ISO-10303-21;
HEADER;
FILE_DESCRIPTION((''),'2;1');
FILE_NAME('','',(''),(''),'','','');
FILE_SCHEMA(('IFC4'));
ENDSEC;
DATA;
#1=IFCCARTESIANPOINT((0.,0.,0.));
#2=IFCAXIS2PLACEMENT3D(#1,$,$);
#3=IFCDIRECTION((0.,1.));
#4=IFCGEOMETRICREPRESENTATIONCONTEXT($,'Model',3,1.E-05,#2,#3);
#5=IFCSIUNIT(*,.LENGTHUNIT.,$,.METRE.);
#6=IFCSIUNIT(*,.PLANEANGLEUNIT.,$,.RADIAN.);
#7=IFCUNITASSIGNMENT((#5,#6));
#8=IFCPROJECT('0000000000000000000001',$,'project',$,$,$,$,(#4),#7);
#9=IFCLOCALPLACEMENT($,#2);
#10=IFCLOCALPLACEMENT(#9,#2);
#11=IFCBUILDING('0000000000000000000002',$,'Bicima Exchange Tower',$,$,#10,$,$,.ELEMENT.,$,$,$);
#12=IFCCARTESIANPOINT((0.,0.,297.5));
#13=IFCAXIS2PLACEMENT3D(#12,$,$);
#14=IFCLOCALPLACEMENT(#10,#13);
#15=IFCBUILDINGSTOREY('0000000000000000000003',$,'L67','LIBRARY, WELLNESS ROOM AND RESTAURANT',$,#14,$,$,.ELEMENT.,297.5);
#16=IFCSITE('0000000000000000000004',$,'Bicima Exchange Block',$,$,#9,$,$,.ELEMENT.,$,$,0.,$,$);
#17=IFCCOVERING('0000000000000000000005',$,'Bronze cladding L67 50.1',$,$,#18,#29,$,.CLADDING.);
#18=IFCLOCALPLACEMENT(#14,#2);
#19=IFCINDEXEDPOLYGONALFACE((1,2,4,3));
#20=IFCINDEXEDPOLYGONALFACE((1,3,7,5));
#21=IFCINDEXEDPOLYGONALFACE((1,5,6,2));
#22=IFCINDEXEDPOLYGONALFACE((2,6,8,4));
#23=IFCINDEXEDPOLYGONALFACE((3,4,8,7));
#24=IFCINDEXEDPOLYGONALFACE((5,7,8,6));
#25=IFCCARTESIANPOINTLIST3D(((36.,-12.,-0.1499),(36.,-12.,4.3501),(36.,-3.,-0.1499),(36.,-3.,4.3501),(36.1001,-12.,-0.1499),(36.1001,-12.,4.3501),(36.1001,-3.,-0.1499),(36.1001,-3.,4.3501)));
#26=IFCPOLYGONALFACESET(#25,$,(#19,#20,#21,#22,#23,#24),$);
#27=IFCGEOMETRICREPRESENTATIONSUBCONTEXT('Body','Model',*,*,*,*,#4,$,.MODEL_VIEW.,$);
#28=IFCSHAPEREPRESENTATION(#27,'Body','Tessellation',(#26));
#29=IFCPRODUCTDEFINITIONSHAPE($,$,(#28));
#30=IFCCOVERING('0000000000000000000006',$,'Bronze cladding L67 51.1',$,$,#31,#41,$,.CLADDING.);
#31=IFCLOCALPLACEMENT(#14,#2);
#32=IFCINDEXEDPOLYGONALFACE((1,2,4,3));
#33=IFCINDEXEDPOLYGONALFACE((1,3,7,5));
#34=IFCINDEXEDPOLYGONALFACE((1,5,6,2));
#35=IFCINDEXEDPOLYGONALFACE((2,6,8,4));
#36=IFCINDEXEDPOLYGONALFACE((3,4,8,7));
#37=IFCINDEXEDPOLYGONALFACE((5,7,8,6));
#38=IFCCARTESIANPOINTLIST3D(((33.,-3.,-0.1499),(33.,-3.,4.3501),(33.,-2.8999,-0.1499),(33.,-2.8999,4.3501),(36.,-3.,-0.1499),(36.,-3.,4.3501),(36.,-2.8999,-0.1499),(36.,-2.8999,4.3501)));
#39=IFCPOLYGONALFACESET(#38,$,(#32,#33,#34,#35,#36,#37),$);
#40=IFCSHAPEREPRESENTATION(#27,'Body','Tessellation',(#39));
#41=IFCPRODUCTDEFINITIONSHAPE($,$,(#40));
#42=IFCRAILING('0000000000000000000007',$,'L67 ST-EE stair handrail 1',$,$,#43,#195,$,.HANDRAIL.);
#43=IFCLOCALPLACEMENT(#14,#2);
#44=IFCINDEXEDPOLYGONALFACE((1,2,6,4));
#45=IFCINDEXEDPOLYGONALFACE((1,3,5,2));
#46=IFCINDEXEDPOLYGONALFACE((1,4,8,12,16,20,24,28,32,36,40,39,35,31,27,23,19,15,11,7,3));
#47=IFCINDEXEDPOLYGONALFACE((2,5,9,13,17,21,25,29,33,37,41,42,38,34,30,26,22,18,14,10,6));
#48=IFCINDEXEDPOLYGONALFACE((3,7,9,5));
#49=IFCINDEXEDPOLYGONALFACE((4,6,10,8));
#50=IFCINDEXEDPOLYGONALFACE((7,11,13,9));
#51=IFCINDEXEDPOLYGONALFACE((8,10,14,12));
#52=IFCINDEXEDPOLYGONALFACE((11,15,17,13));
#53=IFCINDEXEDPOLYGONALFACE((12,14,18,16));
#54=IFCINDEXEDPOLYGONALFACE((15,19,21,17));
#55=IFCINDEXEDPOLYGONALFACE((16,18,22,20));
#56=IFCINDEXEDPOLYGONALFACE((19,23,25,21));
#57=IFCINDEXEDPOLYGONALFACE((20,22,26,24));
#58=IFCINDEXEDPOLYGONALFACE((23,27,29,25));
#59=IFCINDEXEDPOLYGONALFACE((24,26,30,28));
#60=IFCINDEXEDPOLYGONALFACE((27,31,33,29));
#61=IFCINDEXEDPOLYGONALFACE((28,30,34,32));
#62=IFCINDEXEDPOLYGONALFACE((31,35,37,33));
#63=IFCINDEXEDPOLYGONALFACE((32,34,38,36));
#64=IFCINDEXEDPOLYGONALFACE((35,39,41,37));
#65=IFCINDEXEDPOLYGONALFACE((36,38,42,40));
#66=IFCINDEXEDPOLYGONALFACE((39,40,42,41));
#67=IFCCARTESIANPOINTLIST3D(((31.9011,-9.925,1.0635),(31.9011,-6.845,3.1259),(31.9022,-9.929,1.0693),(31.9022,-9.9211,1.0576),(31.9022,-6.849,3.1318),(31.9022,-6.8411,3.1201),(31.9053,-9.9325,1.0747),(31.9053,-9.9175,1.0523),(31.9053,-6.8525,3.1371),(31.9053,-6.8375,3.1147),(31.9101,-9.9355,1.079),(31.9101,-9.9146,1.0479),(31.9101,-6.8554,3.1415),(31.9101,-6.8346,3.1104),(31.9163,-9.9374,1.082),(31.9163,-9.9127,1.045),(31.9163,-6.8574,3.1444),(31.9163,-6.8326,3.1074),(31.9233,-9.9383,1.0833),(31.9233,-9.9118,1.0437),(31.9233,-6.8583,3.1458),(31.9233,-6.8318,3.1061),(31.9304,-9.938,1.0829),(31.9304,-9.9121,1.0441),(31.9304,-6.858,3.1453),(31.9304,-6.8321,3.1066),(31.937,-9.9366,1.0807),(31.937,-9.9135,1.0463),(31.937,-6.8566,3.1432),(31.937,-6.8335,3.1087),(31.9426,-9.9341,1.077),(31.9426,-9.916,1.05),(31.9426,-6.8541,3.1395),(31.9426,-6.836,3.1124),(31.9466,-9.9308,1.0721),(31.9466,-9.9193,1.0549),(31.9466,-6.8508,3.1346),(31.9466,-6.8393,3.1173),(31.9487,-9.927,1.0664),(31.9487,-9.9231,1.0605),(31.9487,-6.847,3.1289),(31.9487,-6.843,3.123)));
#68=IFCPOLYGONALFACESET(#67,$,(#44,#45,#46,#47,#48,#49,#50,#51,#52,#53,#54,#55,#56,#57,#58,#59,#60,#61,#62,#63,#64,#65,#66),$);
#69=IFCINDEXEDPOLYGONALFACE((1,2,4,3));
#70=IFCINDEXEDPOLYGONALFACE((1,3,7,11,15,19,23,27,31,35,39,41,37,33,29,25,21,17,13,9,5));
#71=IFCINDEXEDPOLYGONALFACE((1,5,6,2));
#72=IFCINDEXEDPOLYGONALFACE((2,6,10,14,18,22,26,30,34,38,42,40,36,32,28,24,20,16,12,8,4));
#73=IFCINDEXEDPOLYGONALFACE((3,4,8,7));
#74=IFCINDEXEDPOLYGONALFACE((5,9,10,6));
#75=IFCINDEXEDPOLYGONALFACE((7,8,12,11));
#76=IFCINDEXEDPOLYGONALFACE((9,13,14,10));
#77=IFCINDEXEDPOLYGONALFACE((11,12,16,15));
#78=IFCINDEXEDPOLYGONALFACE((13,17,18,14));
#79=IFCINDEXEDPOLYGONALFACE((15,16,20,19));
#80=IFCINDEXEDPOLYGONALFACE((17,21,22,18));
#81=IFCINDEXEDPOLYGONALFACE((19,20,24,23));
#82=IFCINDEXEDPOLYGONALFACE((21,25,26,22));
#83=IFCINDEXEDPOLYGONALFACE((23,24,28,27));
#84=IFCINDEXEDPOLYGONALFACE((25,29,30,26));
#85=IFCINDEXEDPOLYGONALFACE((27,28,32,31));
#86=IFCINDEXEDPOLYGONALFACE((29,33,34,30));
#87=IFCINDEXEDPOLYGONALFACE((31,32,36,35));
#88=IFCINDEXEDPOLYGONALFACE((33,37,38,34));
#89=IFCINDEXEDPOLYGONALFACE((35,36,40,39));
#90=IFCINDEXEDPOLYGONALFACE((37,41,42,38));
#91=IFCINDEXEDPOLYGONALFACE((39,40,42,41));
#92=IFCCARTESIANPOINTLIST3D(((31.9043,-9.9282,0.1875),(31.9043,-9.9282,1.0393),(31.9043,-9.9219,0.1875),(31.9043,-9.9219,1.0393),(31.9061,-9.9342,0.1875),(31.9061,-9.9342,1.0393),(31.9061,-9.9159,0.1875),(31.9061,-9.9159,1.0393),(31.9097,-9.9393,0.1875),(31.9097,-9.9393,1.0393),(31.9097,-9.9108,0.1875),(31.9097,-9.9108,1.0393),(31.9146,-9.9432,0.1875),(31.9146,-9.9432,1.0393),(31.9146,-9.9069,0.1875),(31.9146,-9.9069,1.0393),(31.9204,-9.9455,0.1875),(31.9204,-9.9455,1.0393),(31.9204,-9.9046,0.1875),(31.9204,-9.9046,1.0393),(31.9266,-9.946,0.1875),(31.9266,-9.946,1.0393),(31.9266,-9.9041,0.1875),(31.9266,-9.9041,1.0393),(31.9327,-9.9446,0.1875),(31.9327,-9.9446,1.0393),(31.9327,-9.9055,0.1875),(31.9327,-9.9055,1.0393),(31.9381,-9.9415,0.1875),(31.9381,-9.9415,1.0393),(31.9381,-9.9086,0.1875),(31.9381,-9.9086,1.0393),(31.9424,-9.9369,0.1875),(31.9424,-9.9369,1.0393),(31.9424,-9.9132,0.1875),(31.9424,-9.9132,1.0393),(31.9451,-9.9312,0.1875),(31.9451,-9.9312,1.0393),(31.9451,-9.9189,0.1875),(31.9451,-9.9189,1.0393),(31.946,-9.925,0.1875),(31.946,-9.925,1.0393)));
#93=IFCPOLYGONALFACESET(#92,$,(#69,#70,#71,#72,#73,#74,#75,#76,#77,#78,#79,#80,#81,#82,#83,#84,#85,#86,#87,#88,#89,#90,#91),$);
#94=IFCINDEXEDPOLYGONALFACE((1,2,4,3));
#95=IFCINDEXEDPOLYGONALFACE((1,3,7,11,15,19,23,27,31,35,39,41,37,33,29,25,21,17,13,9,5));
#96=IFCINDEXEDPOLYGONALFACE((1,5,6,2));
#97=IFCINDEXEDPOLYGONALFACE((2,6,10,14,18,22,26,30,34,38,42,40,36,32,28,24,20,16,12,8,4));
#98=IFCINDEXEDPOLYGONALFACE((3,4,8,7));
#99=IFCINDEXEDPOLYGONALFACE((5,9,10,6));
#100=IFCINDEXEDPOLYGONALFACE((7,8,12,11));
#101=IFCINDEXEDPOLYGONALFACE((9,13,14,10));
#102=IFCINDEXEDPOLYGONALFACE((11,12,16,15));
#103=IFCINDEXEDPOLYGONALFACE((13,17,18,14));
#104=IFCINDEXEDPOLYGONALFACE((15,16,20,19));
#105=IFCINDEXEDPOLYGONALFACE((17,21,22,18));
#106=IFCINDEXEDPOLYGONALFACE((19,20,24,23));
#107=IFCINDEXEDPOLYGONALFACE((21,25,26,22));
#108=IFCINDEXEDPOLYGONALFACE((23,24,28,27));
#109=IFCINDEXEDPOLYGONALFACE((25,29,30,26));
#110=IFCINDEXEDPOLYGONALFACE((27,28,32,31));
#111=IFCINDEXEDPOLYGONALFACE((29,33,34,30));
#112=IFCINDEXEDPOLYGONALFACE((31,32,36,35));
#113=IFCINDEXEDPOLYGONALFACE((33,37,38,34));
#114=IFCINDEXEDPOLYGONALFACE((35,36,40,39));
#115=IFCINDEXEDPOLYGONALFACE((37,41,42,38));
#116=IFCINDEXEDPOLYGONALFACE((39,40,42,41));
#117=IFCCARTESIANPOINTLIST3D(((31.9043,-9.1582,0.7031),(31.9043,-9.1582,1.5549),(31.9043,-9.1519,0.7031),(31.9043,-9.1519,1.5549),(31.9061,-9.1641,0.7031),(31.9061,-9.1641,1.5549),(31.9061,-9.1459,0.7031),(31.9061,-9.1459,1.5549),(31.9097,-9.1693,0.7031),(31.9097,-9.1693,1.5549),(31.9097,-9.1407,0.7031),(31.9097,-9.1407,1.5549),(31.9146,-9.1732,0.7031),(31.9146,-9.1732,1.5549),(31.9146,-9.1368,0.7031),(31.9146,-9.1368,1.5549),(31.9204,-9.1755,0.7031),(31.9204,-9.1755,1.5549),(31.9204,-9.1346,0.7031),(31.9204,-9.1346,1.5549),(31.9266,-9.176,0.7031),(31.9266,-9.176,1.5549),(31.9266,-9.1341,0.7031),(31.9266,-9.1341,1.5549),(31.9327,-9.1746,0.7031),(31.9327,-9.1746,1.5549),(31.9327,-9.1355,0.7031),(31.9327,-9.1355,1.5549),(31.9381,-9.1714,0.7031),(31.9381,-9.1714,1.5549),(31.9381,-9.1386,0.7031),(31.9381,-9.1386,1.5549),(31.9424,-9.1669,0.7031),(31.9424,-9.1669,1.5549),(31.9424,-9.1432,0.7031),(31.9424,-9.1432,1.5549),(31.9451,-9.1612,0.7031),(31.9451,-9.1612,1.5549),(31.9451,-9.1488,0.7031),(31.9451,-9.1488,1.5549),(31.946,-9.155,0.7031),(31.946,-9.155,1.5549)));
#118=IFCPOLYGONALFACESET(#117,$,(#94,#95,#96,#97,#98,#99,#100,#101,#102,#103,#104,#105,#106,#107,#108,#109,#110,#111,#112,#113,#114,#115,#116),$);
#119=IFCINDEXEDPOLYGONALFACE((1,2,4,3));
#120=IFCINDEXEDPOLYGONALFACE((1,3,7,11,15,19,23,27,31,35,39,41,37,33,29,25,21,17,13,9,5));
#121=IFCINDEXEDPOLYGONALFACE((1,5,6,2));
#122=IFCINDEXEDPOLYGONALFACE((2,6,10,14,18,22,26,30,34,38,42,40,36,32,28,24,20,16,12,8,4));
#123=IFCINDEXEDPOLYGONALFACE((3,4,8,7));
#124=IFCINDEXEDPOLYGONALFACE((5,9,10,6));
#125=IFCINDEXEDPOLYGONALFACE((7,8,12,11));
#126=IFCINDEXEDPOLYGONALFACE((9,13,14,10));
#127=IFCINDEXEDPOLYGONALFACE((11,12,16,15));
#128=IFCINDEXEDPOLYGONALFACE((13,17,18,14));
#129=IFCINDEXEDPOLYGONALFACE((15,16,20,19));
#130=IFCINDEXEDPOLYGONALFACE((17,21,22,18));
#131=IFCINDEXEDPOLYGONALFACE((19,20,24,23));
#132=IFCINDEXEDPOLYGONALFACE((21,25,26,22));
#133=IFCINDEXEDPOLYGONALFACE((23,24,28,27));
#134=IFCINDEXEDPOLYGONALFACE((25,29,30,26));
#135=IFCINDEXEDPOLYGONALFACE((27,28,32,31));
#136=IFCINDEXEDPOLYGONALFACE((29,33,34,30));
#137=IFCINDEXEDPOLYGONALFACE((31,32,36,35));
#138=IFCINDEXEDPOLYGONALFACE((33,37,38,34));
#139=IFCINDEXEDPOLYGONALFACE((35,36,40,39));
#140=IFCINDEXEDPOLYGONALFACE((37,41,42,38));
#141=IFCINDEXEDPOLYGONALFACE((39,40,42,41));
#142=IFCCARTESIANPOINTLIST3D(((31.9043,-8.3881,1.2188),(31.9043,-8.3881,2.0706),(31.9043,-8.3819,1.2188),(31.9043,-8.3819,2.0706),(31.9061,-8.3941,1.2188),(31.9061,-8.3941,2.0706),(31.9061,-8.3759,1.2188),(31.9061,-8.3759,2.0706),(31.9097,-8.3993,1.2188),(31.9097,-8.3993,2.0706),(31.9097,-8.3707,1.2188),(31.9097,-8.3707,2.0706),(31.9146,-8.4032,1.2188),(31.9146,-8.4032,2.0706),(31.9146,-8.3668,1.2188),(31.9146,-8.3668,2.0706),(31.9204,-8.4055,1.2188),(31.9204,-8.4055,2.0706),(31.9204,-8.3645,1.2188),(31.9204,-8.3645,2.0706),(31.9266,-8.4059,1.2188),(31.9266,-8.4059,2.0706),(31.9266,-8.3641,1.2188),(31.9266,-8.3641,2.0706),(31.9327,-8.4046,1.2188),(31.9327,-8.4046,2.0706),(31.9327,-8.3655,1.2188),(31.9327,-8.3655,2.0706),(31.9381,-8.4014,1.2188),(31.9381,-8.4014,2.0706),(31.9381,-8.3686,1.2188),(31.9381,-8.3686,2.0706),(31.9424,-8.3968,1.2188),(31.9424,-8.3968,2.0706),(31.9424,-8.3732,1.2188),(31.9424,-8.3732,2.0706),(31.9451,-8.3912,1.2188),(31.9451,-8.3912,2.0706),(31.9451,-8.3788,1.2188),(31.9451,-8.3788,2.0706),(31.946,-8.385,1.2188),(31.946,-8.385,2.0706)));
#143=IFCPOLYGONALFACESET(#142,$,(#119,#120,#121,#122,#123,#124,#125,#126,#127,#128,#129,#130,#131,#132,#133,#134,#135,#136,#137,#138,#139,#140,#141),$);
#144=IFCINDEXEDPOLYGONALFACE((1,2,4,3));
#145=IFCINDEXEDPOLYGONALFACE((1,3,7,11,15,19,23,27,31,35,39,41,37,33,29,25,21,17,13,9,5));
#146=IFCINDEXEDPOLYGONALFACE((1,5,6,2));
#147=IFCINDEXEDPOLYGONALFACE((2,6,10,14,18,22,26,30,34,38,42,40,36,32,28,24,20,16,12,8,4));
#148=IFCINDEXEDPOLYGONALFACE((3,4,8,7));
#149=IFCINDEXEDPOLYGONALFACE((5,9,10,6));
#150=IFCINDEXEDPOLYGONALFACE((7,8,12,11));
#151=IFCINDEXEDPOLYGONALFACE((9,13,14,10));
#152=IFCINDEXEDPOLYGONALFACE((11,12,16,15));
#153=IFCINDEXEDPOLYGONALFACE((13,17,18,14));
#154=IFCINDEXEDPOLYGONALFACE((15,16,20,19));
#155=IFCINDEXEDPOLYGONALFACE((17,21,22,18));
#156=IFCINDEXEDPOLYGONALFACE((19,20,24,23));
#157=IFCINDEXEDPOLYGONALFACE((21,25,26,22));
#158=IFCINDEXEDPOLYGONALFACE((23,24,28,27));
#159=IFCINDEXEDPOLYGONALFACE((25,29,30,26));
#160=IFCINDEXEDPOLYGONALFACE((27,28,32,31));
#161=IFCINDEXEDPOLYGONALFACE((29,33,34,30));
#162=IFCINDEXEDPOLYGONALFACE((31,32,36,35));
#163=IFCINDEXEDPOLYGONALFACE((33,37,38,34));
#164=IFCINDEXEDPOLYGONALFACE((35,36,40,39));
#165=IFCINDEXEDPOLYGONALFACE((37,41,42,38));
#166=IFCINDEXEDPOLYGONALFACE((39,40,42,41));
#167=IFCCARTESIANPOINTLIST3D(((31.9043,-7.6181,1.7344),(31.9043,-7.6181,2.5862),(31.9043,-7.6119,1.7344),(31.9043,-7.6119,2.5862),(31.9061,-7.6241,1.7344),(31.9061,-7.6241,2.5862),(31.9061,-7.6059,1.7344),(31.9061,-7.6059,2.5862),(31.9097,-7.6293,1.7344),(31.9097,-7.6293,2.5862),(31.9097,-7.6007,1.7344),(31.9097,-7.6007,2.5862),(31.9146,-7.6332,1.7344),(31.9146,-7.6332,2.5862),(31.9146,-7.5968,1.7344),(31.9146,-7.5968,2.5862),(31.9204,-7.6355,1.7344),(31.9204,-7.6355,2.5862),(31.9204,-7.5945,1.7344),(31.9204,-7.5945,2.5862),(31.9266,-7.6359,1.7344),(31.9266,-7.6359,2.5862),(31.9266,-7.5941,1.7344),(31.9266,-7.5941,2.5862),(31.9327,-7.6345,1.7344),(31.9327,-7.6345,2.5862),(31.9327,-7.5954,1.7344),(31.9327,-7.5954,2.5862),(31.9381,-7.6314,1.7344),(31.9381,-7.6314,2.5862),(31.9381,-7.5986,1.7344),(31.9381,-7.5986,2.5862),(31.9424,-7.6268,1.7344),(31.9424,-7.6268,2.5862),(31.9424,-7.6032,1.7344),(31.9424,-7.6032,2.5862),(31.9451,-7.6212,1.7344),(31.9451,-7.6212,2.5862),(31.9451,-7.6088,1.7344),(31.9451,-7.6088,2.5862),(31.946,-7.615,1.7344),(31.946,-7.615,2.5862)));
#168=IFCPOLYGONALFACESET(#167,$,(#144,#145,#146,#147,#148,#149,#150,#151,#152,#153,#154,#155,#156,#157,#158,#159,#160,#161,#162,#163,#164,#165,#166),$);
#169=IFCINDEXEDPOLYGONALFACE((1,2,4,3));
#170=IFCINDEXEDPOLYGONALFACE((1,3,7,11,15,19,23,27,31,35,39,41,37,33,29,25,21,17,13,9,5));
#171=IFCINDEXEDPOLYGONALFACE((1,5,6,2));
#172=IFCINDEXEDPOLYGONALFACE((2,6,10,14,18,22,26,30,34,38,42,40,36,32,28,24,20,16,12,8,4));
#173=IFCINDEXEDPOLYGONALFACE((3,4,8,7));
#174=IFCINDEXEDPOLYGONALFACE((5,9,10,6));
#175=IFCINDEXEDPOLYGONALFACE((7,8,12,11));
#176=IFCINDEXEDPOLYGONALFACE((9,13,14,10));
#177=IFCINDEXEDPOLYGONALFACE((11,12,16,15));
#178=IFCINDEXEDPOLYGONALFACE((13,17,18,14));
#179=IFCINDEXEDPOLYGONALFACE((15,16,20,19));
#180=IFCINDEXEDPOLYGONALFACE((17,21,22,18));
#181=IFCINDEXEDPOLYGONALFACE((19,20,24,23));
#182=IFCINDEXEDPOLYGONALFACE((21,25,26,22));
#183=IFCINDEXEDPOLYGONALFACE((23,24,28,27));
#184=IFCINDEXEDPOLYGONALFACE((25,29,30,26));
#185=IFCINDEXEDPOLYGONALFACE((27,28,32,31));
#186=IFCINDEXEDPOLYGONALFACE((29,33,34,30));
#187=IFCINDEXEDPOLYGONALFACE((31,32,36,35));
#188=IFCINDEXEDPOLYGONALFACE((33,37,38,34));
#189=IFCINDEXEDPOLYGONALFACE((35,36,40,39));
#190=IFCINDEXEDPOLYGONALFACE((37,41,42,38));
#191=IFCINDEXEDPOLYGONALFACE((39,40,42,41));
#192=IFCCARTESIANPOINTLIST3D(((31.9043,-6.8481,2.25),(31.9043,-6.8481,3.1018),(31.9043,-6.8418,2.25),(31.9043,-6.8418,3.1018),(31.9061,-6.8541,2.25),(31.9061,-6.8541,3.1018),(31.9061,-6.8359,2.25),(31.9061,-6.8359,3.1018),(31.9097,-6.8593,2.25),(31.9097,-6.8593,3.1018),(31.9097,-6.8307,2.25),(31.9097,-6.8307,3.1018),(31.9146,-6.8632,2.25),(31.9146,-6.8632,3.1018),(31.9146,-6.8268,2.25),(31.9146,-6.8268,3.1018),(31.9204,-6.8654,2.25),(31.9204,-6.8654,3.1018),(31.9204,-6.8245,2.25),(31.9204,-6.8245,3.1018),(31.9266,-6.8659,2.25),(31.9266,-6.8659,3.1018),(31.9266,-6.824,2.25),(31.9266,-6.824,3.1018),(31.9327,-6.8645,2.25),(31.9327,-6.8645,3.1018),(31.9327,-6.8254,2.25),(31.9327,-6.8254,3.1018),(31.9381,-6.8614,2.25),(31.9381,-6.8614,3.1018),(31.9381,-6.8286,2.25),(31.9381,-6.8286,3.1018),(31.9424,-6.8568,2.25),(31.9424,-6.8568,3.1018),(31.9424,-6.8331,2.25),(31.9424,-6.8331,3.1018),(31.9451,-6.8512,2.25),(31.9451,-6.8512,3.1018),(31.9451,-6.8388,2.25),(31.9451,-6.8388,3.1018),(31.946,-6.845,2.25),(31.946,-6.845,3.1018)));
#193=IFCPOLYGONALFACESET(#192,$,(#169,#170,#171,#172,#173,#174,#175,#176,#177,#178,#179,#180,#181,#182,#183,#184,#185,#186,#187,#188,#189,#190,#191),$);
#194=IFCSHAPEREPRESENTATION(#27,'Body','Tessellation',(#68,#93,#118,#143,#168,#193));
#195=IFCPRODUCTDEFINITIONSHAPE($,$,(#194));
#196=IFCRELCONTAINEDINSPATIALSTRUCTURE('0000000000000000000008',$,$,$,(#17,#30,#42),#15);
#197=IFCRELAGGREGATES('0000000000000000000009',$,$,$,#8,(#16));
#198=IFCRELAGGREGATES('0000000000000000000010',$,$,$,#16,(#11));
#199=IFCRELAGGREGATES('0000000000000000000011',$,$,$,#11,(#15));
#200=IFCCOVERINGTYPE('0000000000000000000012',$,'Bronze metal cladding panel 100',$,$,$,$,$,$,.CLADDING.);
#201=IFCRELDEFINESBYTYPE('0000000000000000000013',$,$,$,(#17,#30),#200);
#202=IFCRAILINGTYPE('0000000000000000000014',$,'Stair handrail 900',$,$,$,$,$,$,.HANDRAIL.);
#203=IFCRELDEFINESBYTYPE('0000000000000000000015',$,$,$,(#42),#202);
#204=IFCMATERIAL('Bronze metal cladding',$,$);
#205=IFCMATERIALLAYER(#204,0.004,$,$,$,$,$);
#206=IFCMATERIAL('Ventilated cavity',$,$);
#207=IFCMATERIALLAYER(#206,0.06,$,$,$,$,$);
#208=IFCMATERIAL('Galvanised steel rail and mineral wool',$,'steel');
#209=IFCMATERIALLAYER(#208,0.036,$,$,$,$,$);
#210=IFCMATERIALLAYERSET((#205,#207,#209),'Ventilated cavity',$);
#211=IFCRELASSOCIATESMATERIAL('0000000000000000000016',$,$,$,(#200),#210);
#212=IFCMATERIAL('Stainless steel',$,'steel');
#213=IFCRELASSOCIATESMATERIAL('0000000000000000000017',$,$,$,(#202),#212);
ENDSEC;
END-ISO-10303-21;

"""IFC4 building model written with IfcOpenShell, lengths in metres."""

from ifc_helpers import new_model, si_unit, direction, frame, origin, origin_2d, place, context, subcontext, project, spatial, rectangle, circle, extrude, material, layer, layer_set, type_object, element, save


model = new_model("IFC4")

# Units and contexts
model_context = context("Model", 3, precision=1e-05, world=origin(), true_north=direction((0.0, 1.0)))
body_context = subcontext(model_context, "Body", "Model", "MODEL_VIEW")
ifc_project = project(units=[si_unit("LENGTHUNIT", "METRE"), si_unit("PLANEANGLEUNIT", "RADIAN")], contexts=[model_context])

# Site, building, storey
site_placement = place(None, origin())
site = spatial("IfcSite", under=ifc_project, at=site_placement, Name="Bicima Exchange Block", CompositionType="ELEMENT", RefElevation=0.0)
building_placement = place(site_placement, origin())
building = spatial("IfcBuilding", under=site, at=building_placement, Name="Bicima Exchange Tower", CompositionType="ELEMENT")
storey_placement = place(building_placement, frame((0.0, 0.0, 297.5)))
storey = spatial("IfcBuildingStorey", under=building, at=storey_placement, Name="L67", Description="LIBRARY, WELLNESS ROOM AND RESTAURANT", CompositionType="ELEMENT", Elevation=297.5)

# Coverings
ifc_material_1 = material(Name="Bronze metal cladding")
ifc_layer_1 = layer(ifc_material_1, 0.004)
ifc_material_2 = material(Name="Ventilated cavity")
ifc_layer_2 = layer(ifc_material_2, 0.06)
ifc_material_3 = material(Name="Galvanised steel rail and mineral wool", Category="steel")
ifc_layer_3 = layer(ifc_material_3, 0.036)
ifc_layer_set_1 = layer_set([ifc_layer_1, ifc_layer_2, ifc_layer_3], Name="Ventilated cavity")
covering_type = type_object("IfcCoveringType", Name="Bronze metal cladding panel 100", PredefinedType="CLADDING", material=ifc_layer_set_1)
covering_1_placement = place(storey_placement, frame((36.05, -7.5, -0.1499), z_axis=(0.0, 0.0, 1.0), x_axis=(0.0, 1.0, 0.0)))
element("IfcCovering", 1, at=covering_1_placement, inside=storey, type_object=covering_type, Name="Bronze cladding L67 50.1", PredefinedType="CLADDING", context=body_context, shape_type="SweptSolid", body=[
    extrude(rectangle(XDim=9.0, YDim=0.1001, at=origin_2d()), origin(), (0.0, 0.0, 1.0), 4.5),
])
covering_2_placement = place(storey_placement, frame((34.5, -2.95, -0.1499), z_axis=(0.0, 0.0, 1.0), x_axis=(-1.0, 0.0, 0.0)))
element("IfcCovering", 2, at=covering_2_placement, inside=storey, type_object=covering_type, Name="Bronze cladding L67 51.1", PredefinedType="CLADDING", context=body_context, shape_type="SweptSolid", body=[
    extrude(rectangle(XDim=3.0, YDim=0.1001, at=origin_2d()), origin(), (0.0, 0.0, 1.0), 4.5),
])

# Railing
ifc_material_4 = material(Name="Stainless steel", Category="steel")
railing_type = type_object("IfcRailingType", Name="Stair handrail 900", PredefinedType="HANDRAIL", material=ifc_material_4)
railing_placement = place(storey_placement, frame((31.925, -9.925, 0.1875)))
element("IfcRailing", 3, at=railing_placement, inside=storey, type_object=railing_type, Name="L67 ST-EE stair handrail 1", PredefinedType="HANDRAIL", context=body_context, shape_type="SweptSolid", body=[
    extrude(circle(Radius=0.0239, at=origin_2d()), frame((0.0, 0.0, 0.876), z_axis=(0.0, 0.830914, 0.556401), x_axis=(-1.0, 0.0, 0.0)), (0.0, 0.0, 1.0), 3.7068),
    extrude(circle(Radius=0.021, at=origin_2d()), origin(), (0.0, 0.0, 1.0), 0.8518),
    extrude(circle(Radius=0.021, at=origin_2d()), frame((0.0, 0.77, 0.5156)), (0.0, 0.0, 1.0), 0.8518),
    extrude(circle(Radius=0.021, at=origin_2d()), frame((0.0, 1.54, 1.0312)), (0.0, 0.0, 1.0), 0.8518),
    extrude(circle(Radius=0.021, at=origin_2d()), frame((0.0, 2.3101, 1.5469)), (0.0, 0.0, 1.0), 0.8518),
    extrude(circle(Radius=0.021, at=origin_2d()), frame((0.0, 3.0801, 2.0625)), (0.0, 0.0, 1.0), 0.8518),
])

save(model, "model.ifc")
